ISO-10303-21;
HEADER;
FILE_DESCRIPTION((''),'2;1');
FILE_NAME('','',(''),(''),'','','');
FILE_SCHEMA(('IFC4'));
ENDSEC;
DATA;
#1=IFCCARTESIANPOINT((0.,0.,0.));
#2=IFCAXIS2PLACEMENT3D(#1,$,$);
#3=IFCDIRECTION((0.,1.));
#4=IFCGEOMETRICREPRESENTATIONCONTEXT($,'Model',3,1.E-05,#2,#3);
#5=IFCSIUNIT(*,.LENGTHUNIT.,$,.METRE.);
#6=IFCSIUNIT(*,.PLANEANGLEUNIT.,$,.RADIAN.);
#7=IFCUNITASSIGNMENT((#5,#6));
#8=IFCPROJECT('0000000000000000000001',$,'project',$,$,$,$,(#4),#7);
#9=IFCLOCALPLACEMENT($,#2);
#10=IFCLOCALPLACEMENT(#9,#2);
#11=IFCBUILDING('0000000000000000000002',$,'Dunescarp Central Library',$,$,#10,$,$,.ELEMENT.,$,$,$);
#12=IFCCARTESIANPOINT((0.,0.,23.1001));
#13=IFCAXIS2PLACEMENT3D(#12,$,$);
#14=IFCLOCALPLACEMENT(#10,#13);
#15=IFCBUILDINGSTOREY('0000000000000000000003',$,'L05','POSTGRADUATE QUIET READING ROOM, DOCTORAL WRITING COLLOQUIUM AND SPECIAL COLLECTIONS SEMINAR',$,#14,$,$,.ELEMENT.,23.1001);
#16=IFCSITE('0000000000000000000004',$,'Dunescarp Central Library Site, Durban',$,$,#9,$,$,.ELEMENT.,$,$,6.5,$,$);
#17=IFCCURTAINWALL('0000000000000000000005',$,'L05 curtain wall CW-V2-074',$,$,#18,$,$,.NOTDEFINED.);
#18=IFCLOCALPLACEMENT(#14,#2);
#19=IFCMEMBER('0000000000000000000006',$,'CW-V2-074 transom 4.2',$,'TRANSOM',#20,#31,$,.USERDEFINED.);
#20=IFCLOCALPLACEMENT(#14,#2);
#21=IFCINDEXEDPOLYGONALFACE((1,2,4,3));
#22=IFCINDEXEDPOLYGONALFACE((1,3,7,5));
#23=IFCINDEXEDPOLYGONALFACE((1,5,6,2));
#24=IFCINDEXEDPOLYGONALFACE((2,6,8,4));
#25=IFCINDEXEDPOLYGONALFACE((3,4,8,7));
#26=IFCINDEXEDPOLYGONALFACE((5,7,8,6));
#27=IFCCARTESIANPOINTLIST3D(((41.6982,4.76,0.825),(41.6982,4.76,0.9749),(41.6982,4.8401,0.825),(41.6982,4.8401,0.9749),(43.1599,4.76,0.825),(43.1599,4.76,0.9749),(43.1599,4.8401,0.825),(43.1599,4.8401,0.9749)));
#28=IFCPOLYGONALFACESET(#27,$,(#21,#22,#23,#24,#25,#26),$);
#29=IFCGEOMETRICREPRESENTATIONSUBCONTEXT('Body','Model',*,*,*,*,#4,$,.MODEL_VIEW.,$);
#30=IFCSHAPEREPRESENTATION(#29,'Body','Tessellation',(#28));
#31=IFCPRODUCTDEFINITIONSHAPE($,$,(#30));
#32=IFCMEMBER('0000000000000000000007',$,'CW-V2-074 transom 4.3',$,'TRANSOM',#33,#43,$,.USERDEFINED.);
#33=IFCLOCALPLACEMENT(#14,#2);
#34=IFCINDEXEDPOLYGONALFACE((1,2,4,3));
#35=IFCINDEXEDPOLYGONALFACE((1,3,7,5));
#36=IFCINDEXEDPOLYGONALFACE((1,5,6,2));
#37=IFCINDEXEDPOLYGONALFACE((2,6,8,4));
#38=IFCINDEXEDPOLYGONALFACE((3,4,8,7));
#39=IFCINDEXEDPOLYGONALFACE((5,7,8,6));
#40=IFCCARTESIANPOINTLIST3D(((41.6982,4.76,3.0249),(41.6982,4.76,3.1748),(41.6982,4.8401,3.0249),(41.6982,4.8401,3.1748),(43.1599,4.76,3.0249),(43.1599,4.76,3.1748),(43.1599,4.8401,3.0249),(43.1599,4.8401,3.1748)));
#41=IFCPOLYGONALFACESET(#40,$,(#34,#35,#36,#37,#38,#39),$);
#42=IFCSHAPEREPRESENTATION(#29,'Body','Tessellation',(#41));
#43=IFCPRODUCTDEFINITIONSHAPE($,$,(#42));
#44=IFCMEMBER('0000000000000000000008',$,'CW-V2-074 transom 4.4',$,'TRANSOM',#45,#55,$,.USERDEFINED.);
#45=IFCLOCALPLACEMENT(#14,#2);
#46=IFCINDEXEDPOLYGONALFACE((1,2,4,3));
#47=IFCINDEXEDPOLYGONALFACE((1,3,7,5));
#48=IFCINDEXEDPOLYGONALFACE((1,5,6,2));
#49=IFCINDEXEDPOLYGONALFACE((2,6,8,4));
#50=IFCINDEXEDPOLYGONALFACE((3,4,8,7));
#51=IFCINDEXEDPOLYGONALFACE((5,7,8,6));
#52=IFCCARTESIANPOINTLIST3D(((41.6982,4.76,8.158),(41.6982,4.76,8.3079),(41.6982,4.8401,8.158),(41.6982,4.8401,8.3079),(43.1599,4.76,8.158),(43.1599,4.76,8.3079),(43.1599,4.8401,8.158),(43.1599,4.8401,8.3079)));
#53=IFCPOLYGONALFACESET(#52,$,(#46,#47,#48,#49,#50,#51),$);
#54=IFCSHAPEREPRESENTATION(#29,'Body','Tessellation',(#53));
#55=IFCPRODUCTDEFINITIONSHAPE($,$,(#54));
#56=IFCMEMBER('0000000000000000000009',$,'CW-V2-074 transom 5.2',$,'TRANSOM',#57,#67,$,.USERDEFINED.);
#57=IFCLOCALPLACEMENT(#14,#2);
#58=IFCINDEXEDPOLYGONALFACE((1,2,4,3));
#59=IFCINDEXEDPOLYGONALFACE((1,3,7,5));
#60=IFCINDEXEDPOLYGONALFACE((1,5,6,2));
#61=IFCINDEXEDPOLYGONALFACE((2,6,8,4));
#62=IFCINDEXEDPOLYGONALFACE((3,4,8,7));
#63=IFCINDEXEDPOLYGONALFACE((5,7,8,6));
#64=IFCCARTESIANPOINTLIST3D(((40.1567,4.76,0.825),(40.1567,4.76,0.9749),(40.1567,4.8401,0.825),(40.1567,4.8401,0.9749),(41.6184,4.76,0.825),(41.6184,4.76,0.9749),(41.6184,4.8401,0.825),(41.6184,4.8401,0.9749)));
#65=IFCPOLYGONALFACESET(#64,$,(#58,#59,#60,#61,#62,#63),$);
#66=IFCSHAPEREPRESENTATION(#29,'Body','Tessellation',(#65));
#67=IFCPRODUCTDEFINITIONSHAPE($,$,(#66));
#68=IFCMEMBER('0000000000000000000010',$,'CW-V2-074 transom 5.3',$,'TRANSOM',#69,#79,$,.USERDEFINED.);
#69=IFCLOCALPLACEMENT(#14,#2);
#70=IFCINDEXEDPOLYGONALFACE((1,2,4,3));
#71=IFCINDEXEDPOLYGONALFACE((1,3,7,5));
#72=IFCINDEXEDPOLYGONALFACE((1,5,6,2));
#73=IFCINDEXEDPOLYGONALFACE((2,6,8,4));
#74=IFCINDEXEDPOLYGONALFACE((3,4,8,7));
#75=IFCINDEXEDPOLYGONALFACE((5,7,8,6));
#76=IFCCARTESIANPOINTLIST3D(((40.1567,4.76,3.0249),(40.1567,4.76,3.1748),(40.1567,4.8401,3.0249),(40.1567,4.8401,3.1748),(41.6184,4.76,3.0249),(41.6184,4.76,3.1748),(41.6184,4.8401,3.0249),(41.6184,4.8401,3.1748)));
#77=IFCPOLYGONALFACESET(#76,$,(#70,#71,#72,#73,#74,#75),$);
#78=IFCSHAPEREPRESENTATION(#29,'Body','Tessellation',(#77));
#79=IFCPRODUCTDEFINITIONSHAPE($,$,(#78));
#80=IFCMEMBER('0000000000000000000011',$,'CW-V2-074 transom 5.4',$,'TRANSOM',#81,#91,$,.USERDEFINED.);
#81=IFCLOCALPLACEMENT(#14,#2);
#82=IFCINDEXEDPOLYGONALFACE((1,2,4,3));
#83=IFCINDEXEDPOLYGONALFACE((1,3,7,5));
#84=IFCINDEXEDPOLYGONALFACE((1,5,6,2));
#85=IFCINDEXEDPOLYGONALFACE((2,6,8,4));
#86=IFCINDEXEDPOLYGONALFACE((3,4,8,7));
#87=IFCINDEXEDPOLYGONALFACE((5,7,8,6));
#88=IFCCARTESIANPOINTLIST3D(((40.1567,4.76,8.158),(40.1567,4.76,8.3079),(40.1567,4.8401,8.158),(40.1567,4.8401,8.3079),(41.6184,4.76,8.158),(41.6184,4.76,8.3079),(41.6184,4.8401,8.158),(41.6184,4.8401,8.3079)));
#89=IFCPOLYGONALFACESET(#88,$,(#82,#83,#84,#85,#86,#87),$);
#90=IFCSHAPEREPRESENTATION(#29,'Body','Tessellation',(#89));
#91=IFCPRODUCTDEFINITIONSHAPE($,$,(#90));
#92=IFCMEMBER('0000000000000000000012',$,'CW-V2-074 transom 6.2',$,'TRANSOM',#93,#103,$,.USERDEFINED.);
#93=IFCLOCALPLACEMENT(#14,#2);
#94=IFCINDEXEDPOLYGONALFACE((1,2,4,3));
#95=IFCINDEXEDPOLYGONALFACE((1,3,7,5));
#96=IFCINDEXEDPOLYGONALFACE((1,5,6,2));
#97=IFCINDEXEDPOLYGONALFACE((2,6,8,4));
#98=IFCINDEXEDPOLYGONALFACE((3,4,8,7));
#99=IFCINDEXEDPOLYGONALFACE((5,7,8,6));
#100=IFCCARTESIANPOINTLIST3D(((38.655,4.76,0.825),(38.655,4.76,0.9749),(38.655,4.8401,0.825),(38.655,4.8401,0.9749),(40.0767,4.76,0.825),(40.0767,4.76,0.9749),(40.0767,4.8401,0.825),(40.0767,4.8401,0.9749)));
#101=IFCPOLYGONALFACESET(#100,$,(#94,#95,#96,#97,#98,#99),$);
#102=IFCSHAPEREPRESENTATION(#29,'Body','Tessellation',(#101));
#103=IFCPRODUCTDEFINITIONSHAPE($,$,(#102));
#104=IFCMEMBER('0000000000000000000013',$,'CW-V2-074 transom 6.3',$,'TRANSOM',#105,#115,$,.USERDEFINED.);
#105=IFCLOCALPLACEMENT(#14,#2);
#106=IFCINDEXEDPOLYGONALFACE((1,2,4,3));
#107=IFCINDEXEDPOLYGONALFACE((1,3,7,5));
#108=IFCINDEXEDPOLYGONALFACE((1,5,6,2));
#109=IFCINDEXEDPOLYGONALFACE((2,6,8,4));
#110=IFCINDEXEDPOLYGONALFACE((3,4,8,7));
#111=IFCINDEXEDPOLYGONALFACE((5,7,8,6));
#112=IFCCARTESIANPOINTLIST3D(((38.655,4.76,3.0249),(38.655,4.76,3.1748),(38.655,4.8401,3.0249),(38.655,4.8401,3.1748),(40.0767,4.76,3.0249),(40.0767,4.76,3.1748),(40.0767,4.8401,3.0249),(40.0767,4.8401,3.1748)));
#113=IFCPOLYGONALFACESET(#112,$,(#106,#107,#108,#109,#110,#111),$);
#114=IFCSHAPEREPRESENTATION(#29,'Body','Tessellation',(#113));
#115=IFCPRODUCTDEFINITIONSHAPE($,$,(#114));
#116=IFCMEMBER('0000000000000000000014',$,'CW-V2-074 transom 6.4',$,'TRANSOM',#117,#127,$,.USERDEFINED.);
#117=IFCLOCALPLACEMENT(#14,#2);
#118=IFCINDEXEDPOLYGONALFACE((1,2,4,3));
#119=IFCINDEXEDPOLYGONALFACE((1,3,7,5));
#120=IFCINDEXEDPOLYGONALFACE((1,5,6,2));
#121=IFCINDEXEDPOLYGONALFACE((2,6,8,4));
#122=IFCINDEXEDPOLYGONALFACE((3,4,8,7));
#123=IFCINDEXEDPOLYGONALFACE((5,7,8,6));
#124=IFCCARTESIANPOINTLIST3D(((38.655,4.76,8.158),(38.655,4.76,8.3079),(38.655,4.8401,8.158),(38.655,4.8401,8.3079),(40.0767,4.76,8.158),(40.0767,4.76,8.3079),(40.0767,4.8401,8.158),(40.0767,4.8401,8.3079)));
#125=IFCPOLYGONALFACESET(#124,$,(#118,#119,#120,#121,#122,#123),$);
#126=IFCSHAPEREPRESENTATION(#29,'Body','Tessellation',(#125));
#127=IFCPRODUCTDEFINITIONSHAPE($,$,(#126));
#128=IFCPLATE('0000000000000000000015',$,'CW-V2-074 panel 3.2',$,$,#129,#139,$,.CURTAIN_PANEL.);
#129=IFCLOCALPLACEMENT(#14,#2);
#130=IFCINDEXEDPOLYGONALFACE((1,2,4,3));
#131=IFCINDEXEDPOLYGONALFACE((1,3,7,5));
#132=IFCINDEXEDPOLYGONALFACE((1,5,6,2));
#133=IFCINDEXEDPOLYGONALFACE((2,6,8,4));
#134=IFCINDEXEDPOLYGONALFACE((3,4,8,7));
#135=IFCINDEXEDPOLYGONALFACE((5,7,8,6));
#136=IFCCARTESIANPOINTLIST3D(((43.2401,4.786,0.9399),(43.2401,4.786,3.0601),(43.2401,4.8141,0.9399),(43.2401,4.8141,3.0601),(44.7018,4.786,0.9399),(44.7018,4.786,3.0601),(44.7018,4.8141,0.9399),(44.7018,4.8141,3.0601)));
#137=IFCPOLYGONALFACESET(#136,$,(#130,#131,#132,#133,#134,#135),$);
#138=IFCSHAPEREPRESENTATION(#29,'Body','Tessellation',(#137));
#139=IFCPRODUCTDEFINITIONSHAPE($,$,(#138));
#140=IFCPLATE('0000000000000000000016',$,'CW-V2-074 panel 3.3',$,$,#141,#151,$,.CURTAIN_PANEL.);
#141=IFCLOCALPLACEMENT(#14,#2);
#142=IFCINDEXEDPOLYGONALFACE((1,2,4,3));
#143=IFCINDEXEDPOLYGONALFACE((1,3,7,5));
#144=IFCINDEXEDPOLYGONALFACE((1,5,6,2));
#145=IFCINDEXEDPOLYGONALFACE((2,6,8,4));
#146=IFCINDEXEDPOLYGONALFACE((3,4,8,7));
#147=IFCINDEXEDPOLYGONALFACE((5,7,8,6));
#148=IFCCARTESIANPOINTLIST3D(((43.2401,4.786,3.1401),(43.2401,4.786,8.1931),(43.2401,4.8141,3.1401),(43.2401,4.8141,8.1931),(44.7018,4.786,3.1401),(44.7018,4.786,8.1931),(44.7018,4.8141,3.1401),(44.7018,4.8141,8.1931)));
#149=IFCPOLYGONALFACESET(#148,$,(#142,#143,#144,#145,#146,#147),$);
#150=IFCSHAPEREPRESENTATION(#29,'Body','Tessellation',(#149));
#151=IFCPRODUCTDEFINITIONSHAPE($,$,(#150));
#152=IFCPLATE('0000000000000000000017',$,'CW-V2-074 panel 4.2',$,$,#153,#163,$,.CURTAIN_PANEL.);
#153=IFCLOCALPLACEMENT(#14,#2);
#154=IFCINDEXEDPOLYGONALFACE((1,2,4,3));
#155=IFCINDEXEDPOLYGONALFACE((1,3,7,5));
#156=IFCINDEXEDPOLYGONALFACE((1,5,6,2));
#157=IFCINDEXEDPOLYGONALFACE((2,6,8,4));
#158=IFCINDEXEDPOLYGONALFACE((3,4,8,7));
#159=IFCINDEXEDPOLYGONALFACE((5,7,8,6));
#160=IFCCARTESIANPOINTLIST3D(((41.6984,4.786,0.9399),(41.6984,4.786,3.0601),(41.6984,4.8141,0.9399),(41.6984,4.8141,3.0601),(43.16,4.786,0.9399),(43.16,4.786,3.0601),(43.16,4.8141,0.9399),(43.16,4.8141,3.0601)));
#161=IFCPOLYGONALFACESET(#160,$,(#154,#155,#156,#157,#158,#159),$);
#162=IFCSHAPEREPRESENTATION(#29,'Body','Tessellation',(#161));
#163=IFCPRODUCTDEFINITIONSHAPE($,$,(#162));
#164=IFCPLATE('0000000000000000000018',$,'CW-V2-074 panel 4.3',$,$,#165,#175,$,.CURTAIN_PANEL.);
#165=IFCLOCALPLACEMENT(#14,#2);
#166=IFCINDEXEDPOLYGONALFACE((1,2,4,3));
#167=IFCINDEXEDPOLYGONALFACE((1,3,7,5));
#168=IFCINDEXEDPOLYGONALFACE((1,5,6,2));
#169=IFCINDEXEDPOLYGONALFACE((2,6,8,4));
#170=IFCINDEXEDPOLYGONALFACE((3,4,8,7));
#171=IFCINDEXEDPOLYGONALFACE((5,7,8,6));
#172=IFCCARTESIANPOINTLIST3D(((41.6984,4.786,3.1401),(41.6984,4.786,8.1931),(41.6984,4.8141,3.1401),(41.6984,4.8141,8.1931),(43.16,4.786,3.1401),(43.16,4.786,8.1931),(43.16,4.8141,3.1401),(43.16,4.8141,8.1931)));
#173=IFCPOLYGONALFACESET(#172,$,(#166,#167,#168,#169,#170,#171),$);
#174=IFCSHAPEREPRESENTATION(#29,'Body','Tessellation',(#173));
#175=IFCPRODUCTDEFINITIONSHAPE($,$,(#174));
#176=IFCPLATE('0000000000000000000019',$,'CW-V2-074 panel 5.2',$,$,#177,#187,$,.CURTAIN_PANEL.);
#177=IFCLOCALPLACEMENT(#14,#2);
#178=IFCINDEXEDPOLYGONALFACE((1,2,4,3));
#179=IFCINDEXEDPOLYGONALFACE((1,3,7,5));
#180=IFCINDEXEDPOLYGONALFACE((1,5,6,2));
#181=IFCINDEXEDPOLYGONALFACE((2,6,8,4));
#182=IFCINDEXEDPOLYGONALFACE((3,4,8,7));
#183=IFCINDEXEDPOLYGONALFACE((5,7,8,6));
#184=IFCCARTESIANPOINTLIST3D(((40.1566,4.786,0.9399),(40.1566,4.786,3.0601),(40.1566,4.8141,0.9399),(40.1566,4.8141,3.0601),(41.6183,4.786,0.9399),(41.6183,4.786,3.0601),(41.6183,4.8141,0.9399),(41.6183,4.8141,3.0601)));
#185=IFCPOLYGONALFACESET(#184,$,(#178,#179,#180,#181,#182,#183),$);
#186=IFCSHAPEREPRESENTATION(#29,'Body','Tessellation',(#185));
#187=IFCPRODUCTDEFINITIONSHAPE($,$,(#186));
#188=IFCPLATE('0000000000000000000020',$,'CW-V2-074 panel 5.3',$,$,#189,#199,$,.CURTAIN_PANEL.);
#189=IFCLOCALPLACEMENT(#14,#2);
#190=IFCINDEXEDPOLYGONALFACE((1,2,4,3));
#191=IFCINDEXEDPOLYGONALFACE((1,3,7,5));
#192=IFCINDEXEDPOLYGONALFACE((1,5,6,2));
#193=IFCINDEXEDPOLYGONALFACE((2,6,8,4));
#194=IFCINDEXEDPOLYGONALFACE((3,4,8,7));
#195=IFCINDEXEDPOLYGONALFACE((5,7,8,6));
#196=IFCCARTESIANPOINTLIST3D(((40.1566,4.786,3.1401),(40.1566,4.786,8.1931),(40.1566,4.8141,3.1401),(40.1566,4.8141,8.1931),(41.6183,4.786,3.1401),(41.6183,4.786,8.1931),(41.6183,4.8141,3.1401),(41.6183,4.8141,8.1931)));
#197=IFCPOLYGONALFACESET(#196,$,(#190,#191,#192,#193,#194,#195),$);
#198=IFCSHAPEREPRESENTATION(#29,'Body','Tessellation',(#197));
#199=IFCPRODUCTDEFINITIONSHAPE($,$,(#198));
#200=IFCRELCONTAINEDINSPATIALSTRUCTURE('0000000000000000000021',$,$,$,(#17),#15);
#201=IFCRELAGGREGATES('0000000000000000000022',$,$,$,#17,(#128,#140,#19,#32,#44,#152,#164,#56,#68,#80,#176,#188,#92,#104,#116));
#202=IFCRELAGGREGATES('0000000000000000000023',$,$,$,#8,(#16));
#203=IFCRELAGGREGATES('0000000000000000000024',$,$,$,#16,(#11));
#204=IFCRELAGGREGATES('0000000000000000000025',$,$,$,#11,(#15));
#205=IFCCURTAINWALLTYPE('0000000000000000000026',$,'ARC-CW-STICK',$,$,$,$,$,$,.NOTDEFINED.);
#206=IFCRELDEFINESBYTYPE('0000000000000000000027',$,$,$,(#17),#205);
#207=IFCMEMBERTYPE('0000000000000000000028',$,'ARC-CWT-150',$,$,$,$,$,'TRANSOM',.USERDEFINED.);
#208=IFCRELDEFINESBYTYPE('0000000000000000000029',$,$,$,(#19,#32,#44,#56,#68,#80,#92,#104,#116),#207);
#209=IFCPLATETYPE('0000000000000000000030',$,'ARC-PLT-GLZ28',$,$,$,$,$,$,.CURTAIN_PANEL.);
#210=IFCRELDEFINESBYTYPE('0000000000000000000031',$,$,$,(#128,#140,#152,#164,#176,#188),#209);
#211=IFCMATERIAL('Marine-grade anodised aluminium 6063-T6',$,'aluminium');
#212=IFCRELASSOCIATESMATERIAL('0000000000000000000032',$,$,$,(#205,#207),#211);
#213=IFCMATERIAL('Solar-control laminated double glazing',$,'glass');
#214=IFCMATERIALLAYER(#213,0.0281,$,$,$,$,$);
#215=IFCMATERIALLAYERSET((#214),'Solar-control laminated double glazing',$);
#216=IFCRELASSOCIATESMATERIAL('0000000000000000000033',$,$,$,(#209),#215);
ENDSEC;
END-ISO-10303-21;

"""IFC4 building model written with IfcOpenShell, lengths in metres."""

from ifc_helpers import new_model, si_unit, direction, frame, origin, origin_2d, place, context, subcontext, project, spatial, rectangle, extrude, material, layer, layer_set, material_profile, profile_set, type_object, element, aggregate, save


model = new_model("IFC4")

# Units and contexts
model_context = context("Model", 3, precision=1e-05, world=origin(), true_north=direction((0.0, 1.0)))
body_context = subcontext(model_context, "Body", "Model", "MODEL_VIEW")
ifc_project = project(units=[si_unit("LENGTHUNIT", "METRE"), si_unit("PLANEANGLEUNIT", "RADIAN")], contexts=[model_context])

# Site, building, storey
site_placement = place(None, origin())
site = spatial("IfcSite", under=ifc_project, at=site_placement, Name="Dunescarp Central Library Site, Durban", CompositionType="ELEMENT", RefElevation=6.5)
building_placement = place(site_placement, origin())
building = spatial("IfcBuilding", under=site, at=building_placement, Name="Dunescarp Central Library", CompositionType="ELEMENT")
storey_placement = place(building_placement, frame((0.0, 0.0, 23.1001)))
storey = spatial("IfcBuildingStorey", under=building, at=storey_placement, Name="L05", Description="POSTGRADUATE QUIET READING ROOM, DOCTORAL WRITING COLLOQUIUM AND SPECIAL COLLECTIONS SEMINAR", CompositionType="ELEMENT", Elevation=23.1001)

# Curtain wall, members, plates
ifc_material_1 = material(Name="Marine-grade anodised aluminium 6063-T6", Category="aluminium")
curtain_wall_type = type_object("IfcCurtainWallType", Name="ARC-CW-STICK", PredefinedType="NOTDEFINED", material=ifc_material_1)
curtain_wall_placement = place(storey_placement, origin())
curtain_wall = element("IfcCurtainWall", 1, at=curtain_wall_placement, inside=storey, type_object=curtain_wall_type, Name="L05 curtain wall CW-V2-074", PredefinedType="NOTDEFINED")
ifc_material_profile = material_profile(ifc_material_1, rectangle(XDim=0.0801, YDim=0.1499, at=origin_2d()), Name="AL 80x150")
ifc_profile_set = profile_set([ifc_material_profile], Name="Marine-grade anodised aluminium 6063-T6")
member_type = type_object("IfcMemberType", Name="ARC-CWT-150", ElementType="TRANSOM", PredefinedType="USERDEFINED", material=ifc_profile_set)
member_1_placement = place(storey_placement, frame((43.1599, 4.8, 0.8999), z_axis=(-1.0, 0.0, 0.0), x_axis=(0.0, -1.0, 0.0)))
member_1 = element("IfcMember", 2, at=member_1_placement, type_object=member_type, Name="CW-V2-074 transom 4.2", ObjectType="TRANSOM", PredefinedType="USERDEFINED", context=body_context, shape_type="SweptSolid", body=[
    extrude(rectangle(XDim=0.0801, YDim=0.1499, at=origin_2d()), origin(), (0.0, 0.0, 1.0), 1.4617),
])
member_2_placement = place(storey_placement, frame((43.1599, 4.8, 3.0999), z_axis=(-1.0, 0.0, 0.0), x_axis=(0.0, -1.0, 0.0)))
member_2 = element("IfcMember", 3, at=member_2_placement, type_object=member_type, Name="CW-V2-074 transom 4.3", ObjectType="TRANSOM", PredefinedType="USERDEFINED", context=body_context, shape_type="SweptSolid", body=[
    extrude(rectangle(XDim=0.0801, YDim=0.1499, at=origin_2d()), origin(), (0.0, 0.0, 1.0), 1.4617),
])
member_3_placement = place(storey_placement, frame((43.1599, 4.8, 8.2329), z_axis=(-1.0, 0.0, 0.0), x_axis=(0.0, -1.0, 0.0)))
member_3 = element("IfcMember", 4, at=member_3_placement, type_object=member_type, Name="CW-V2-074 transom 4.4", ObjectType="TRANSOM", PredefinedType="USERDEFINED", context=body_context, shape_type="SweptSolid", body=[
    extrude(rectangle(XDim=0.0801, YDim=0.1499, at=origin_2d()), origin(), (0.0, 0.0, 1.0), 1.4617),
])
member_4_placement = place(storey_placement, frame((41.6184, 4.8, 0.8999), z_axis=(-1.0, 0.0, 0.0), x_axis=(0.0, -1.0, 0.0)))
member_4 = element("IfcMember", 5, at=member_4_placement, type_object=member_type, Name="CW-V2-074 transom 5.2", ObjectType="TRANSOM", PredefinedType="USERDEFINED", context=body_context, shape_type="SweptSolid", body=[
    extrude(rectangle(XDim=0.0801, YDim=0.1499, at=origin_2d()), origin(), (0.0, 0.0, 1.0), 1.4617),
])
member_5_placement = place(storey_placement, frame((41.6184, 4.8, 3.0999), z_axis=(-1.0, 0.0, 0.0), x_axis=(0.0, -1.0, 0.0)))
member_5 = element("IfcMember", 6, at=member_5_placement, type_object=member_type, Name="CW-V2-074 transom 5.3", ObjectType="TRANSOM", PredefinedType="USERDEFINED", context=body_context, shape_type="SweptSolid", body=[
    extrude(rectangle(XDim=0.0801, YDim=0.1499, at=origin_2d()), origin(), (0.0, 0.0, 1.0), 1.4617),
])
member_6_placement = place(storey_placement, frame((41.6184, 4.8, 8.2329), z_axis=(-1.0, 0.0, 0.0), x_axis=(0.0, -1.0, 0.0)))
member_6 = element("IfcMember", 7, at=member_6_placement, type_object=member_type, Name="CW-V2-074 transom 5.4", ObjectType="TRANSOM", PredefinedType="USERDEFINED", context=body_context, shape_type="SweptSolid", body=[
    extrude(rectangle(XDim=0.0801, YDim=0.1499, at=origin_2d()), origin(), (0.0, 0.0, 1.0), 1.4617),
])
member_7_placement = place(storey_placement, frame((40.0767, 4.8, 0.8999), z_axis=(-1.0, 0.0, 0.0), x_axis=(0.0, -1.0, 0.0)))
member_7 = element("IfcMember", 8, at=member_7_placement, type_object=member_type, Name="CW-V2-074 transom 6.2", ObjectType="TRANSOM", PredefinedType="USERDEFINED", context=body_context, shape_type="SweptSolid", body=[
    extrude(rectangle(XDim=0.0801, YDim=0.1499, at=origin_2d()), origin(), (0.0, 0.0, 1.0), 1.4216),
])
member_8_placement = place(storey_placement, frame((40.0767, 4.8, 3.0999), z_axis=(-1.0, 0.0, 0.0), x_axis=(0.0, -1.0, 0.0)))
member_8 = element("IfcMember", 9, at=member_8_placement, type_object=member_type, Name="CW-V2-074 transom 6.3", ObjectType="TRANSOM", PredefinedType="USERDEFINED", context=body_context, shape_type="SweptSolid", body=[
    extrude(rectangle(XDim=0.0801, YDim=0.1499, at=origin_2d()), origin(), (0.0, 0.0, 1.0), 1.4216),
])
member_9_placement = place(storey_placement, frame((40.0767, 4.8, 8.2329), z_axis=(-1.0, 0.0, 0.0), x_axis=(0.0, -1.0, 0.0)))
member_9 = element("IfcMember", 10, at=member_9_placement, type_object=member_type, Name="CW-V2-074 transom 6.4", ObjectType="TRANSOM", PredefinedType="USERDEFINED", context=body_context, shape_type="SweptSolid", body=[
    extrude(rectangle(XDim=0.0801, YDim=0.1499, at=origin_2d()), origin(), (0.0, 0.0, 1.0), 1.4216),
])
ifc_material_2 = material(Name="Solar-control laminated double glazing", Category="glass")
ifc_layer = layer(ifc_material_2, 0.0281)
ifc_layer_set = layer_set([ifc_layer], Name="Solar-control laminated double glazing")
plate_type = type_object("IfcPlateType", Name="ARC-PLT-GLZ28", PredefinedType="CURTAIN_PANEL", material=ifc_layer_set)
plate_1_placement = place(storey_placement, frame((43.9709, 4.8, 0.9399), z_axis=(0.0, 0.0, 1.0), x_axis=(-1.0, 0.0, 0.0)))
plate_1 = element("IfcPlate", 11, at=plate_1_placement, type_object=plate_type, Name="CW-V2-074 panel 3.2", PredefinedType="CURTAIN_PANEL", context=body_context, shape_type="SweptSolid", body=[
    extrude(rectangle(XDim=1.4617, YDim=0.0281, at=origin_2d()), origin(), (0.0, 0.0, 1.0), 2.1201),
])
plate_2_placement = place(storey_placement, frame((43.9709, 4.8, 3.1401), z_axis=(0.0, 0.0, 1.0), x_axis=(-1.0, 0.0, 0.0)))
plate_2 = element("IfcPlate", 12, at=plate_2_placement, type_object=plate_type, Name="CW-V2-074 panel 3.3", PredefinedType="CURTAIN_PANEL", context=body_context, shape_type="SweptSolid", body=[
    extrude(rectangle(XDim=1.4617, YDim=0.0281, at=origin_2d()), origin(), (0.0, 0.0, 1.0), 5.053),
])
plate_3_placement = place(storey_placement, frame((42.4292, 4.8, 0.9399), z_axis=(0.0, 0.0, 1.0), x_axis=(-1.0, 0.0, 0.0)))
plate_3 = element("IfcPlate", 13, at=plate_3_placement, type_object=plate_type, Name="CW-V2-074 panel 4.2", PredefinedType="CURTAIN_PANEL", context=body_context, shape_type="SweptSolid", body=[
    extrude(rectangle(XDim=1.4617, YDim=0.0281, at=origin_2d()), origin(), (0.0, 0.0, 1.0), 2.1201),
])
plate_4_placement = place(storey_placement, frame((42.4292, 4.8, 3.1401), z_axis=(0.0, 0.0, 1.0), x_axis=(-1.0, 0.0, 0.0)))
plate_4 = element("IfcPlate", 14, at=plate_4_placement, type_object=plate_type, Name="CW-V2-074 panel 4.3", PredefinedType="CURTAIN_PANEL", context=body_context, shape_type="SweptSolid", body=[
    extrude(rectangle(XDim=1.4617, YDim=0.0281, at=origin_2d()), origin(), (0.0, 0.0, 1.0), 5.053),
])
plate_5_placement = place(storey_placement, frame((40.8875, 4.8, 0.9399), z_axis=(0.0, 0.0, 1.0), x_axis=(-1.0, 0.0, 0.0)))
plate_5 = element("IfcPlate", 15, at=plate_5_placement, type_object=plate_type, Name="CW-V2-074 panel 5.2", PredefinedType="CURTAIN_PANEL", context=body_context, shape_type="SweptSolid", body=[
    extrude(rectangle(XDim=1.4617, YDim=0.0281, at=origin_2d()), origin(), (0.0, 0.0, 1.0), 2.1201),
])
plate_6_placement = place(storey_placement, frame((40.8875, 4.8, 3.1401), z_axis=(0.0, 0.0, 1.0), x_axis=(-1.0, 0.0, 0.0)))
plate_6 = element("IfcPlate", 16, at=plate_6_placement, type_object=plate_type, Name="CW-V2-074 panel 5.3", PredefinedType="CURTAIN_PANEL", context=body_context, shape_type="SweptSolid", body=[
    extrude(rectangle(XDim=1.4617, YDim=0.0281, at=origin_2d()), origin(), (0.0, 0.0, 1.0), 5.053),
])
aggregate(curtain_wall, [plate_1, plate_2, member_1, member_2, member_3, plate_3, plate_4, member_4, member_5, member_6, plate_5, plate_6, member_7, member_8, member_9])

save(model, "model.ifc")
